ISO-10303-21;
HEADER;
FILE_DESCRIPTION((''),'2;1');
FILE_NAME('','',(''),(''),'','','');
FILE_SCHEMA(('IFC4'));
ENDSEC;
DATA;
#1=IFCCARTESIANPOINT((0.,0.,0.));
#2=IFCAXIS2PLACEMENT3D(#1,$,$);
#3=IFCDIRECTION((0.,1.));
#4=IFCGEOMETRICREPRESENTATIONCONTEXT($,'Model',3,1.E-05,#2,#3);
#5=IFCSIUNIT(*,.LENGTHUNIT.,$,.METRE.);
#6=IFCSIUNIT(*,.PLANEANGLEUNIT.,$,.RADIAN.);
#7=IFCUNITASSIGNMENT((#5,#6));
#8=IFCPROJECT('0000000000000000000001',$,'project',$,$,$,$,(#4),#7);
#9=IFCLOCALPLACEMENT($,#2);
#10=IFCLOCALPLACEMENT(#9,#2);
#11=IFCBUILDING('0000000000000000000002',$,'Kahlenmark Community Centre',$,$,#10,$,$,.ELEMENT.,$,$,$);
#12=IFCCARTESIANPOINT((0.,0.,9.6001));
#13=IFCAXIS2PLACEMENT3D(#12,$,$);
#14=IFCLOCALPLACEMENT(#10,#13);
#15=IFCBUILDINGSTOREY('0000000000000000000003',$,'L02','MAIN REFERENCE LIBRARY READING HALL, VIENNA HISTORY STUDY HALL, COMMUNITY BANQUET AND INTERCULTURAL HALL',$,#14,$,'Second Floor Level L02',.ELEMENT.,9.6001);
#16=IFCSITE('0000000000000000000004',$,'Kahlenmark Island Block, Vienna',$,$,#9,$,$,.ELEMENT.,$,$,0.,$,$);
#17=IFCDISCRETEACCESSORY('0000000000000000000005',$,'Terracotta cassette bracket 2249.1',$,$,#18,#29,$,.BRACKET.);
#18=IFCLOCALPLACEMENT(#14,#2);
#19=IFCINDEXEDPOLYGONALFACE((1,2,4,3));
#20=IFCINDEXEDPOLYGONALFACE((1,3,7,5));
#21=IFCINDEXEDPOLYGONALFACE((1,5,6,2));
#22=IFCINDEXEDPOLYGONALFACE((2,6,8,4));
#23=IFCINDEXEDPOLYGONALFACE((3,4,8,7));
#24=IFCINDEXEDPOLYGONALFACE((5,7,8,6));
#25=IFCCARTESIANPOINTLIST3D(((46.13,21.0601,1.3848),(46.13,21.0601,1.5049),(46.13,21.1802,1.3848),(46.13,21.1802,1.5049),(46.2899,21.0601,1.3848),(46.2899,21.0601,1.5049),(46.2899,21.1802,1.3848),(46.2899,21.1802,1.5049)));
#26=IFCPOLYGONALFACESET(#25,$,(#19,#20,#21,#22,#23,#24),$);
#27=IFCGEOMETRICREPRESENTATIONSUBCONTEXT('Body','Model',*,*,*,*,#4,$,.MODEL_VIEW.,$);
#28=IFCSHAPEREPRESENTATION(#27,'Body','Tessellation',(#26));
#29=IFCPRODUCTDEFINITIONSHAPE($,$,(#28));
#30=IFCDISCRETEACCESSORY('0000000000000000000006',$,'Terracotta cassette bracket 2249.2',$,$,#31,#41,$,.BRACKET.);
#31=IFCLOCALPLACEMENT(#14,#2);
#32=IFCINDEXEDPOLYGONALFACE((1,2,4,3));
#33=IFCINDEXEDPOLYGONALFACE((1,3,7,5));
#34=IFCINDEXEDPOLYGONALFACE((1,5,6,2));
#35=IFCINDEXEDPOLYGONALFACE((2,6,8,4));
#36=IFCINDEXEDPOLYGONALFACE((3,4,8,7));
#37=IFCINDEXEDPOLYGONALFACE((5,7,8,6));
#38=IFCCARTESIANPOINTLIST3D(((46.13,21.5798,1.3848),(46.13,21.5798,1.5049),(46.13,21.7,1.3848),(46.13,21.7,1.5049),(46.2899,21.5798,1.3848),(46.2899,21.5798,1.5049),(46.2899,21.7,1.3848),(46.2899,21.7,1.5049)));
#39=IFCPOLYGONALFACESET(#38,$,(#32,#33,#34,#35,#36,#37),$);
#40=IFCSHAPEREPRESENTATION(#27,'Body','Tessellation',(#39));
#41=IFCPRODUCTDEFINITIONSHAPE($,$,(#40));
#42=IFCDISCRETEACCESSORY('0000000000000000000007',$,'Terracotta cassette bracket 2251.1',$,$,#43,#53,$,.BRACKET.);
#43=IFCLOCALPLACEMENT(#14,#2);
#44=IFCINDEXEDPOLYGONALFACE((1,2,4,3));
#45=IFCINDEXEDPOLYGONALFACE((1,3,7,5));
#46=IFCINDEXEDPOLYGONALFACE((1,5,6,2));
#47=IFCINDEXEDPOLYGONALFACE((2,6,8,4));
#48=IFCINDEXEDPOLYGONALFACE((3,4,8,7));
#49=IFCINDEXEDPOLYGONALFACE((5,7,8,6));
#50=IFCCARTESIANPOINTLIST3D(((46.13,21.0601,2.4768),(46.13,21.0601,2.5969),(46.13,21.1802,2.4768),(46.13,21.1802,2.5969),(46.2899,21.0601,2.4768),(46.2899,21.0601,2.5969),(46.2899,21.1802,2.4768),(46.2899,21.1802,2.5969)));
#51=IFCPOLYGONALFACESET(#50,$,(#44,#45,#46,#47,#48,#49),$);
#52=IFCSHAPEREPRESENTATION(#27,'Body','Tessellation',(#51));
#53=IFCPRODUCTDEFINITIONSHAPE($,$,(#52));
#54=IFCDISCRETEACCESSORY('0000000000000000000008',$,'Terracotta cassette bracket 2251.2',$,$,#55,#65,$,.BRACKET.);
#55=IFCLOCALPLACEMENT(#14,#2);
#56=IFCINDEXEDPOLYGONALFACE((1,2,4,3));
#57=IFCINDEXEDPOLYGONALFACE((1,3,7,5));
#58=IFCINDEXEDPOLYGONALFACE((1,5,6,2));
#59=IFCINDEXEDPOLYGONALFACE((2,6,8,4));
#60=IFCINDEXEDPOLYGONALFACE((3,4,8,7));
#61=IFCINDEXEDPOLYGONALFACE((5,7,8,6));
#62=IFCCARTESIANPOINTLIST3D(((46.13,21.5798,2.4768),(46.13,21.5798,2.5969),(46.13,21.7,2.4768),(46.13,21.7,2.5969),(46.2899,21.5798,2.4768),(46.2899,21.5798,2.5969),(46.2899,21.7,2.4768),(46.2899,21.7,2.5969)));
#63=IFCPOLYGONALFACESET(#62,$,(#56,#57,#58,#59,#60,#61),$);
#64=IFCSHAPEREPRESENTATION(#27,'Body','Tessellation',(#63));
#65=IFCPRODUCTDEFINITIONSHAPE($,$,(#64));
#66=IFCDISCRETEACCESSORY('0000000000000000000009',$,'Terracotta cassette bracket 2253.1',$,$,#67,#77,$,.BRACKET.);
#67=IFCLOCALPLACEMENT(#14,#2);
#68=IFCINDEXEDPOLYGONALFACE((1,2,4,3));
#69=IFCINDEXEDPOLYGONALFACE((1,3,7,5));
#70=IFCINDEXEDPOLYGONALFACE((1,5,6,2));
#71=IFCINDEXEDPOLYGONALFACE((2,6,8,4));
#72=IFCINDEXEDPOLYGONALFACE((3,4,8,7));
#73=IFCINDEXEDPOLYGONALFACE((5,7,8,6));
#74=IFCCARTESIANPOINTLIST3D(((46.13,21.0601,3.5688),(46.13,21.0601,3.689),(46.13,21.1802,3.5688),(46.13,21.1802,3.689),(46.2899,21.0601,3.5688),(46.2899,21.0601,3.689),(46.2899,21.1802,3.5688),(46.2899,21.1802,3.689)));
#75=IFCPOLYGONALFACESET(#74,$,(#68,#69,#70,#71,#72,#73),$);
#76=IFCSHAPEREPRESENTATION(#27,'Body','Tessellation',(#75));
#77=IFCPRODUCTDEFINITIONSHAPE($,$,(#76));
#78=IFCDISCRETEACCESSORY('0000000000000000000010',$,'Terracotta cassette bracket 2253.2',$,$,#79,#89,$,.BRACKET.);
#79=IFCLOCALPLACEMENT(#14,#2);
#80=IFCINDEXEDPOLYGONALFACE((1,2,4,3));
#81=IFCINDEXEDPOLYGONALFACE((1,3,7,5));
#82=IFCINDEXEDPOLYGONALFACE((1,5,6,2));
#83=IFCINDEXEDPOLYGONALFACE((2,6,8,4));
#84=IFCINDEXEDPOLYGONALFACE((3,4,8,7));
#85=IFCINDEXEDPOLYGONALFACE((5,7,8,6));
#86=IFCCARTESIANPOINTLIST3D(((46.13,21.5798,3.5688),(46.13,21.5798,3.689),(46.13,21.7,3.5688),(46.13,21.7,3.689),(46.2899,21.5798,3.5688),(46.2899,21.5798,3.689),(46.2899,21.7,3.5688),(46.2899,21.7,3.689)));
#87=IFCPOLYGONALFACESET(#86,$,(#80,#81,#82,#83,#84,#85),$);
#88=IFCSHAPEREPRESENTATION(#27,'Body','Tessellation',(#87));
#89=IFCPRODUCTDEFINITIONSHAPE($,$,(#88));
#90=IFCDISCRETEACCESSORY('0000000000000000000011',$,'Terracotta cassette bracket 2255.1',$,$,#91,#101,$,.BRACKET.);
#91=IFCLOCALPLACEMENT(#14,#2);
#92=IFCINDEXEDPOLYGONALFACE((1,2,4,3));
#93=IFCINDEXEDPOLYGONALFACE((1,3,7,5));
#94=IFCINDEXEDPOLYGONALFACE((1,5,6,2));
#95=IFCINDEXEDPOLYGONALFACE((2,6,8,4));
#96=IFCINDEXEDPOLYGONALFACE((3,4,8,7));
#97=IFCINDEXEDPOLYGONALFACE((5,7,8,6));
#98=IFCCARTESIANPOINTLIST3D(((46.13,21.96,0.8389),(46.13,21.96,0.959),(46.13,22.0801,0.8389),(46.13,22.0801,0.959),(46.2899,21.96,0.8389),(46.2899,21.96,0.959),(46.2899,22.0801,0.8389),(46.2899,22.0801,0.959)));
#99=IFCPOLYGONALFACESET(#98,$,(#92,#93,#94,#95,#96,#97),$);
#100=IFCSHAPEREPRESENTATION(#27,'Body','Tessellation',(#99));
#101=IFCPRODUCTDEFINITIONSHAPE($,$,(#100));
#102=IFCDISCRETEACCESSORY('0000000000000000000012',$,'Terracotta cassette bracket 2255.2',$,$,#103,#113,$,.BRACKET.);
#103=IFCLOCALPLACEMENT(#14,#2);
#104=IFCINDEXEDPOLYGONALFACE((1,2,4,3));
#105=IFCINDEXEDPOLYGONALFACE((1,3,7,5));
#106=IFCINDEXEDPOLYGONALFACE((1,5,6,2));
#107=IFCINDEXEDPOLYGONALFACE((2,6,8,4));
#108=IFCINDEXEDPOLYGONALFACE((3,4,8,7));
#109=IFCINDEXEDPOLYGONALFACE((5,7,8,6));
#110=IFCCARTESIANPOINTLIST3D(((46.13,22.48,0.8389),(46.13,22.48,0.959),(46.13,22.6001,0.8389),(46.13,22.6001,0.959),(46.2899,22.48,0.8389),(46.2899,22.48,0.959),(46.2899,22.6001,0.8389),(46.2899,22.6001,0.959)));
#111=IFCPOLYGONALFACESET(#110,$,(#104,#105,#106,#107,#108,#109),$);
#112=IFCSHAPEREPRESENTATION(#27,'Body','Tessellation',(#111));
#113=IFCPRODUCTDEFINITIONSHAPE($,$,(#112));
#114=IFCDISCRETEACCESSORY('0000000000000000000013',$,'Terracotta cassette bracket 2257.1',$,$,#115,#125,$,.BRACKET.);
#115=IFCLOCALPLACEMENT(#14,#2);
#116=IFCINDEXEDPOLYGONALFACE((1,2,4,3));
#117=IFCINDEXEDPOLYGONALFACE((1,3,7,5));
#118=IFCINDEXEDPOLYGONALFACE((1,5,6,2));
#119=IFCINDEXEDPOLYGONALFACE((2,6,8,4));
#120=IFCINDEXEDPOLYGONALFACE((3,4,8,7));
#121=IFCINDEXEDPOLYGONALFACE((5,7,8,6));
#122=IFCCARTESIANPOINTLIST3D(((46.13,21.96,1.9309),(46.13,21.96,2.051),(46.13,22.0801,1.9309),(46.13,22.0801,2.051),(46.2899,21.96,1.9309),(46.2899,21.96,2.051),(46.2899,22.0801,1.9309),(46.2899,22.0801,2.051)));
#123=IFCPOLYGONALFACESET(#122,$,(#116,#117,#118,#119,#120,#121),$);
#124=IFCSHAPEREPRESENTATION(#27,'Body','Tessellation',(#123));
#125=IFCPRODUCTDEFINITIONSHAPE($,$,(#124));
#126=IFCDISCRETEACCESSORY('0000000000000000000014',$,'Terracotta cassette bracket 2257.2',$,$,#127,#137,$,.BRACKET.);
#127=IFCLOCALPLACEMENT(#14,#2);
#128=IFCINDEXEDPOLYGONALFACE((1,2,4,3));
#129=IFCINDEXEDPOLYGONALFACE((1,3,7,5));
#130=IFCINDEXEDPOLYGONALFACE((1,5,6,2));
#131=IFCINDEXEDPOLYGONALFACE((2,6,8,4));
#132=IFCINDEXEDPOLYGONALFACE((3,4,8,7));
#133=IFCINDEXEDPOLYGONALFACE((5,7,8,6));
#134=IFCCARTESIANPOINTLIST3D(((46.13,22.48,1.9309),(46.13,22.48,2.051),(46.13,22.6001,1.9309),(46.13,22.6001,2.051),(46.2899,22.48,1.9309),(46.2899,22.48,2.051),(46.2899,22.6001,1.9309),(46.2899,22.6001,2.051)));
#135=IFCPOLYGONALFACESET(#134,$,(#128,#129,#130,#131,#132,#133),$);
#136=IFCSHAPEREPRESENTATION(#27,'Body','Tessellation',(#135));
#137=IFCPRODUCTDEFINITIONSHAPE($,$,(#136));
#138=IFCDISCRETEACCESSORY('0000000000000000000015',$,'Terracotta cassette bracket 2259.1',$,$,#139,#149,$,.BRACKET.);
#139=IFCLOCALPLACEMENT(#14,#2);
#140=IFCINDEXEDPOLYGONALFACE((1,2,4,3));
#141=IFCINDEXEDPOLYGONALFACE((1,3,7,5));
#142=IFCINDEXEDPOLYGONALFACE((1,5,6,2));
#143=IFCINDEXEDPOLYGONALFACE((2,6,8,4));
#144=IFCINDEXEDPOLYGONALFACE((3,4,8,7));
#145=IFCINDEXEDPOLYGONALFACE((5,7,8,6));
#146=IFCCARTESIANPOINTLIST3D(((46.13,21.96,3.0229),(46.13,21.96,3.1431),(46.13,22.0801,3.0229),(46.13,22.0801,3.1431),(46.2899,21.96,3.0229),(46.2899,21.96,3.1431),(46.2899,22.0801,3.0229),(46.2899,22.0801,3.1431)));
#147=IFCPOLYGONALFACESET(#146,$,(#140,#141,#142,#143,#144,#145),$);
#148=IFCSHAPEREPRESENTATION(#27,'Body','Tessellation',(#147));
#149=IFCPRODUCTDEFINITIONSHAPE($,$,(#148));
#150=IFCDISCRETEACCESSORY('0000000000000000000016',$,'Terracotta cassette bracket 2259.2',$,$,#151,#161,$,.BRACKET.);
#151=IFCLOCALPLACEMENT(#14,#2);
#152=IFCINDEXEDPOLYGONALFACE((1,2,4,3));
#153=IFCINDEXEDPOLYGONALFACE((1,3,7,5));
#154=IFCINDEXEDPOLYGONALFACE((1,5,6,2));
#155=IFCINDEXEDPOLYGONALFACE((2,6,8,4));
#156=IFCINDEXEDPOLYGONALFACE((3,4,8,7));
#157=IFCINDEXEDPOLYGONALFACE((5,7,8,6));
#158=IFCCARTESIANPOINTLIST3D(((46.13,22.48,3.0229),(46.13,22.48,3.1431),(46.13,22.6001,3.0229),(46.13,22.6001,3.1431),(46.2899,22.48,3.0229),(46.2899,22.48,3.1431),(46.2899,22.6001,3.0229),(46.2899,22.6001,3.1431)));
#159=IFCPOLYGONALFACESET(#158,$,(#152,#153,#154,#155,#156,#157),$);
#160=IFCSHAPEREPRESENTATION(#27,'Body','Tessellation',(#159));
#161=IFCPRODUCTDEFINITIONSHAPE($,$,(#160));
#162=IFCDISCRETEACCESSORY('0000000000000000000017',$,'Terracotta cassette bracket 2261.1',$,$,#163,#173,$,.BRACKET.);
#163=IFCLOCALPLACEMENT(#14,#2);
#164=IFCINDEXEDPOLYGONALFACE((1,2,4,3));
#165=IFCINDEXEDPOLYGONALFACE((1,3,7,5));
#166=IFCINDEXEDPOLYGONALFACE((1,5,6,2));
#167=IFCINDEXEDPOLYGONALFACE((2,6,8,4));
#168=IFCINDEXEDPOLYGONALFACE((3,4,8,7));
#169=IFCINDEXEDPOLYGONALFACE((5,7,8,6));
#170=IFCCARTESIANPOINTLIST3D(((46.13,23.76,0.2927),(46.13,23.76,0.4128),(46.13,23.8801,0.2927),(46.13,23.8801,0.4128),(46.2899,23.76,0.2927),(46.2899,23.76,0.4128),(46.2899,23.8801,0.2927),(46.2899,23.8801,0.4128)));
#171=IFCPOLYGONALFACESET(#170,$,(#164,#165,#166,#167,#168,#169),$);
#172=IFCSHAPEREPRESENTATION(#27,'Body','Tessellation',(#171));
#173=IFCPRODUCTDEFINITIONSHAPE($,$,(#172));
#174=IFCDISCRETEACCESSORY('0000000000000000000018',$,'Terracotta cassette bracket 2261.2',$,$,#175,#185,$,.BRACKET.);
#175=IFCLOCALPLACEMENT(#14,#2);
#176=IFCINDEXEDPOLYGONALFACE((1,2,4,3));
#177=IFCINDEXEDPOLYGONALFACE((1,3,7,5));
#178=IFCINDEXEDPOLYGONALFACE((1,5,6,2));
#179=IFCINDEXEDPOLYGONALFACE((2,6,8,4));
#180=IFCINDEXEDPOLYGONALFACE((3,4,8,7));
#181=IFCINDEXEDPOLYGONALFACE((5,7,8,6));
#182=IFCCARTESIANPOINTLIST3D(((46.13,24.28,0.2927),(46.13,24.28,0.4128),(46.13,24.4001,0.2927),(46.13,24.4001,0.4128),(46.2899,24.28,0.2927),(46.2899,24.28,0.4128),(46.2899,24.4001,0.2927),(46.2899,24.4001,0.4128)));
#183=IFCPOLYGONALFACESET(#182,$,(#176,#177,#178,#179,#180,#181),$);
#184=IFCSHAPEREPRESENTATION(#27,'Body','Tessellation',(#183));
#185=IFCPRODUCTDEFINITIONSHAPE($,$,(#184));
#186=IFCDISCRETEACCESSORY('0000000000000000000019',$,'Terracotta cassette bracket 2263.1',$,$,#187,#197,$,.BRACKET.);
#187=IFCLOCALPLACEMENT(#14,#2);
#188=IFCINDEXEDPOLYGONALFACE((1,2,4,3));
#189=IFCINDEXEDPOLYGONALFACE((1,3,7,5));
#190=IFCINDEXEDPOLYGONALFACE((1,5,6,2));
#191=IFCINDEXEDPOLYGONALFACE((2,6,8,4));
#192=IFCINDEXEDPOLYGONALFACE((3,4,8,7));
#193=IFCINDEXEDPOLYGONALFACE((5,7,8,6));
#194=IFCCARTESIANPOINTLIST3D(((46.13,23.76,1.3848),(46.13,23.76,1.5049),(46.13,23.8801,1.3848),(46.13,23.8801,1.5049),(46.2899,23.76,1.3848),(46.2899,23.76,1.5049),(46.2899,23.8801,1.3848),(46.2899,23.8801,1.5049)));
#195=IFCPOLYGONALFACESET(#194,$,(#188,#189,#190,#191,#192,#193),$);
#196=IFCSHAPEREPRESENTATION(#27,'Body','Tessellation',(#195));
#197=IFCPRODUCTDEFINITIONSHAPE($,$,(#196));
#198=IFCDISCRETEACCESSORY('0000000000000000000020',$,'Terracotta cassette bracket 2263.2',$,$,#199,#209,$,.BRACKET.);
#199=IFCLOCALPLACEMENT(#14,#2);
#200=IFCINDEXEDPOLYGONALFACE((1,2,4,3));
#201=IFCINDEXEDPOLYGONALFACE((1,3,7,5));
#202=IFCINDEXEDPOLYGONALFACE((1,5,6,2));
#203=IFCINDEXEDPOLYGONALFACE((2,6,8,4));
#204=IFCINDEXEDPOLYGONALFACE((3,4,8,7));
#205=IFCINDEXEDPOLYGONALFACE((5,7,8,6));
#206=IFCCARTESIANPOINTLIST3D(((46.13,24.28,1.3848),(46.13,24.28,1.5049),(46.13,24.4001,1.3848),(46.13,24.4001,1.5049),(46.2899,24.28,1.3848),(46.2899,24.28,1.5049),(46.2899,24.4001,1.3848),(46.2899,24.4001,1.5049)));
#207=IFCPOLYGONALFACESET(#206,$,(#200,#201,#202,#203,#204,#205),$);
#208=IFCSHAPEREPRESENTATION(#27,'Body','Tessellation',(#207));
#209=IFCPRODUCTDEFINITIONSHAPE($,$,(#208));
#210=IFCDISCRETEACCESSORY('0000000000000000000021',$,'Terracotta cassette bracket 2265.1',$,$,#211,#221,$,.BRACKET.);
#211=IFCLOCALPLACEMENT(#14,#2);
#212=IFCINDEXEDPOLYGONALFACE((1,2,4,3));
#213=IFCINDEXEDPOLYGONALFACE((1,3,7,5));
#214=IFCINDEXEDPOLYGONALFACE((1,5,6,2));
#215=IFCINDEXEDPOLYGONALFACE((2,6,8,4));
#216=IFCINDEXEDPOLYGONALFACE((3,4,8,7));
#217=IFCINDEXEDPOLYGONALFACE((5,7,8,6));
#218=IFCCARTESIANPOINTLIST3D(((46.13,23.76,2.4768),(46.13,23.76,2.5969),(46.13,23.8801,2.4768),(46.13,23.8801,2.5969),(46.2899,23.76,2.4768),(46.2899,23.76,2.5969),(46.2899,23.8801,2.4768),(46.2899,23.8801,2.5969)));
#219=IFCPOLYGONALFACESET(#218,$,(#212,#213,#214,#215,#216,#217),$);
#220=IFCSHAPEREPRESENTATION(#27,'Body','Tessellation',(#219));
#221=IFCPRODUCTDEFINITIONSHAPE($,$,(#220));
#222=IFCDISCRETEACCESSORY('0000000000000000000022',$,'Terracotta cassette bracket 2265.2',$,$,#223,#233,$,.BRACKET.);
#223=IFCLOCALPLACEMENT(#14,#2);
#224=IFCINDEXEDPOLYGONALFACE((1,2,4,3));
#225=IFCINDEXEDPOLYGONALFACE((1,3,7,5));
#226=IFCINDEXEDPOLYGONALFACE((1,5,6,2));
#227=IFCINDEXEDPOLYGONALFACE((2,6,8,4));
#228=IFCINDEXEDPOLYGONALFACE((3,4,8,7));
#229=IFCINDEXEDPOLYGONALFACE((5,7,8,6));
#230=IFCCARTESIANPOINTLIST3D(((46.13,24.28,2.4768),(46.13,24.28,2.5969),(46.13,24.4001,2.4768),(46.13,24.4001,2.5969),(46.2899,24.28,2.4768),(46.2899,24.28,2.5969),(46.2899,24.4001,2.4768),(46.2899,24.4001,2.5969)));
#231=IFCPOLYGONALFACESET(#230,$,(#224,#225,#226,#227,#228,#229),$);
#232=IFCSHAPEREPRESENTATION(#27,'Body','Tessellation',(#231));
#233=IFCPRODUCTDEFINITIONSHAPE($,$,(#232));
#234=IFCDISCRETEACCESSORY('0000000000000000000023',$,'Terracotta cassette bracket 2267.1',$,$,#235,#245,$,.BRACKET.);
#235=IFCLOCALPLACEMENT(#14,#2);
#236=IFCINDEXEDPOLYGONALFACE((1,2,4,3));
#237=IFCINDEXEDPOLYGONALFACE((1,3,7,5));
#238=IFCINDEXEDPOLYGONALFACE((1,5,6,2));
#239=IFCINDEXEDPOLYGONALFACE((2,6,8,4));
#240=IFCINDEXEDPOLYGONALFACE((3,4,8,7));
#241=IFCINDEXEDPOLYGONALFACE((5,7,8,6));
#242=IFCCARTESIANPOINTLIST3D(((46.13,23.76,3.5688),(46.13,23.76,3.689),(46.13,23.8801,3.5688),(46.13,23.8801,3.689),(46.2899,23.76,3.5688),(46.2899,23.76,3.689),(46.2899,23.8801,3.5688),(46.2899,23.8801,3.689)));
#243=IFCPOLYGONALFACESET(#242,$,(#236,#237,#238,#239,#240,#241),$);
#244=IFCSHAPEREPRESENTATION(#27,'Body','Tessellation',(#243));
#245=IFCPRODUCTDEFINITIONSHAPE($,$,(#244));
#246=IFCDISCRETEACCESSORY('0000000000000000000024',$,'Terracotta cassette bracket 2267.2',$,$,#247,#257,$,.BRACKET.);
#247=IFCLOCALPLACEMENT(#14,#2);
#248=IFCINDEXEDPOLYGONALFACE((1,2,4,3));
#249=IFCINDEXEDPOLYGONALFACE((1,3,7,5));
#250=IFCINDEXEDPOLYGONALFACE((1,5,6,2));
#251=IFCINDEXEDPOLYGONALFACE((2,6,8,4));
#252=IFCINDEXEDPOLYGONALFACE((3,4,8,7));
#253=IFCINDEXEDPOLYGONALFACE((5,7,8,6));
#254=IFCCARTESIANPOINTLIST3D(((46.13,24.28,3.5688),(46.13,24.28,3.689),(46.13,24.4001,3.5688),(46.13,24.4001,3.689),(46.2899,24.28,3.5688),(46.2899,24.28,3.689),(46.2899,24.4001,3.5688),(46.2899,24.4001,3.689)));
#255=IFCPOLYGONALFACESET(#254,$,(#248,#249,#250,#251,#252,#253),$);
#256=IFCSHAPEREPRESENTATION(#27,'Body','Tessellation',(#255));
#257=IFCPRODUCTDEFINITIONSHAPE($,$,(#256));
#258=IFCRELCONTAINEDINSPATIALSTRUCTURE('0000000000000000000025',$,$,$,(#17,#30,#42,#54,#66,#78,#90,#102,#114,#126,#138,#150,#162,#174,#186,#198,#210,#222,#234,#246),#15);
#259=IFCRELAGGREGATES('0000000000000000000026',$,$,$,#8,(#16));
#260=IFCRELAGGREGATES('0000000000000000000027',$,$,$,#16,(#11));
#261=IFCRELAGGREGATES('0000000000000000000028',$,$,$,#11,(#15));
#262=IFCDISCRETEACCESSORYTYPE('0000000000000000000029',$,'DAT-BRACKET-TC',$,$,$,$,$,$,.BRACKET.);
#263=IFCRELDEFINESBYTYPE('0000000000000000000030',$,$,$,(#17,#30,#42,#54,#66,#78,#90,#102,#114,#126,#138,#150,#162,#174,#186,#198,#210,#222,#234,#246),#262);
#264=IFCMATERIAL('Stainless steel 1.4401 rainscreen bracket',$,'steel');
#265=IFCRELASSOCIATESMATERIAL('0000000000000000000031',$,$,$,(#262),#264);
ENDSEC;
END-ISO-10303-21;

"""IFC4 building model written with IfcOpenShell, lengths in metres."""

from ifc_helpers import new_model, si_unit, direction, frame, origin, origin_2d, place, context, subcontext, project, spatial, rectangle, extrude, material, type_object, element, save


model = new_model("IFC4")

# Units and contexts
model_context = context("Model", 3, precision=1e-05, world=origin(), true_north=direction((0.0, 1.0)))
body_context = subcontext(model_context, "Body", "Model", "MODEL_VIEW")
ifc_project = project(units=[si_unit("LENGTHUNIT", "METRE"), si_unit("PLANEANGLEUNIT", "RADIAN")], contexts=[model_context])

# Site, building, storey
site_placement = place(None, origin())
site = spatial("IfcSite", under=ifc_project, at=site_placement, Name="Kahlenmark Island Block, Vienna", CompositionType="ELEMENT", RefElevation=0.0)
building_placement = place(site_placement, origin())
building = spatial("IfcBuilding", under=site, at=building_placement, Name="Kahlenmark Community Centre", CompositionType="ELEMENT")
storey_placement = place(building_placement, frame((0.0, 0.0, 9.6001)))
storey = spatial("IfcBuildingStorey", under=building, at=storey_placement, Name="L02", Description="MAIN REFERENCE LIBRARY READING HALL, VIENNA HISTORY STUDY HALL, COMMUNITY BANQUET AND INTERCULTURAL HALL", LongName="Second Floor Level L02", CompositionType="ELEMENT", Elevation=9.6001)

# Discrete accessories
ifc_material_1 = material(Name="Stainless steel 1.4401 rainscreen bracket", Category="steel")
discrete_accessory_type = type_object("IfcDiscreteAccessoryType", Name="DAT-BRACKET-TC", PredefinedType="BRACKET", material=ifc_material_1)
for number, where, z_axis, x_axis, name in (
    (1, (46.21, 21.1201, 1.3848), (0.0, 0.0, 1.0), (0.0, 1.0, 0.0), "Terracotta cassette bracket 2249.1"),
    (2, (46.21, 21.6399, 1.3848), (0.0, 0.0, 1.0), (0.0, 1.0, 0.0), "Terracotta cassette bracket 2249.2"),
    (3, (46.21, 21.1201, 2.4768), (0.0, 0.0, 1.0), (0.0, 1.0, 0.0), "Terracotta cassette bracket 2251.1"),
    (4, (46.21, 21.6399, 2.4768), (0.0, 0.0, 1.0), (0.0, 1.0, 0.0), "Terracotta cassette bracket 2251.2"),
    (5, (46.21, 21.1201, 3.5688), (0.0, 0.0, 1.0), (0.0, 1.0, 0.0), "Terracotta cassette bracket 2253.1"),
    (6, (46.21, 21.6399, 3.5688), (0.0, 0.0, 1.0), (0.0, 1.0, 0.0), "Terracotta cassette bracket 2253.2"),
    (7, (46.21, 22.02, 0.8389), (0.0, 0.0, 1.0), (0.0, 1.0, 0.0), "Terracotta cassette bracket 2255.1"),
    (8, (46.21, 22.54, 0.8389), (0.0, 0.0, 1.0), (0.0, 1.0, 0.0), "Terracotta cassette bracket 2255.2"),
    (9, (46.21, 22.02, 1.9309), (0.0, 0.0, 1.0), (0.0, 1.0, 0.0), "Terracotta cassette bracket 2257.1"),
    (10, (46.21, 22.54, 1.9309), (0.0, 0.0, 1.0), (0.0, 1.0, 0.0), "Terracotta cassette bracket 2257.2"),
    (11, (46.21, 22.02, 3.0229), (0.0, 0.0, 1.0), (0.0, 1.0, 0.0), "Terracotta cassette bracket 2259.1"),
    (12, (46.21, 22.54, 3.0229), (0.0, 0.0, 1.0), (0.0, 1.0, 0.0), "Terracotta cassette bracket 2259.2"),
    (13, (46.21, 23.8201, 0.2927), (0.0, 0.0, 1.0), (0.0, 1.0, 0.0), "Terracotta cassette bracket 2261.1"),
    (14, (46.21, 24.3401, 0.2927), (0.0, 0.0, 1.0), (0.0, 1.0, 0.0), "Terracotta cassette bracket 2261.2"),
    (15, (46.21, 23.8201, 1.3848), (0.0, 0.0, 1.0), (0.0, 1.0, 0.0), "Terracotta cassette bracket 2263.1"),
    (16, (46.21, 24.3401, 1.3848), (0.0, 0.0, 1.0), (0.0, 1.0, 0.0), "Terracotta cassette bracket 2263.2"),
    (17, (46.21, 23.8201, 2.4768), (0.0, 0.0, 1.0), (0.0, 1.0, 0.0), "Terracotta cassette bracket 2265.1"),
    (18, (46.21, 24.3401, 2.4768), (0.0, 0.0, 1.0), (0.0, 1.0, 0.0), "Terracotta cassette bracket 2265.2"),
    (19, (46.21, 23.8201, 3.5688), (0.0, 0.0, 1.0), (0.0, 1.0, 0.0), "Terracotta cassette bracket 2267.1"),
    (20, (46.21, 24.3401, 3.5688), (0.0, 0.0, 1.0), (0.0, 1.0, 0.0), "Terracotta cassette bracket 2267.2"),
):
    element("IfcDiscreteAccessory", number, at=place(storey_placement, frame(where, z_axis=z_axis, x_axis=x_axis)), inside=storey, type_object=discrete_accessory_type, Name=name, PredefinedType="BRACKET", context=body_context, shape_type="SweptSolid", body=[
        extrude(rectangle(XDim=0.1201, YDim=0.1599, at=origin_2d()), origin(), (0.0, 0.0, 1.0), 0.1201),
    ])

save(model, "model.ifc")
